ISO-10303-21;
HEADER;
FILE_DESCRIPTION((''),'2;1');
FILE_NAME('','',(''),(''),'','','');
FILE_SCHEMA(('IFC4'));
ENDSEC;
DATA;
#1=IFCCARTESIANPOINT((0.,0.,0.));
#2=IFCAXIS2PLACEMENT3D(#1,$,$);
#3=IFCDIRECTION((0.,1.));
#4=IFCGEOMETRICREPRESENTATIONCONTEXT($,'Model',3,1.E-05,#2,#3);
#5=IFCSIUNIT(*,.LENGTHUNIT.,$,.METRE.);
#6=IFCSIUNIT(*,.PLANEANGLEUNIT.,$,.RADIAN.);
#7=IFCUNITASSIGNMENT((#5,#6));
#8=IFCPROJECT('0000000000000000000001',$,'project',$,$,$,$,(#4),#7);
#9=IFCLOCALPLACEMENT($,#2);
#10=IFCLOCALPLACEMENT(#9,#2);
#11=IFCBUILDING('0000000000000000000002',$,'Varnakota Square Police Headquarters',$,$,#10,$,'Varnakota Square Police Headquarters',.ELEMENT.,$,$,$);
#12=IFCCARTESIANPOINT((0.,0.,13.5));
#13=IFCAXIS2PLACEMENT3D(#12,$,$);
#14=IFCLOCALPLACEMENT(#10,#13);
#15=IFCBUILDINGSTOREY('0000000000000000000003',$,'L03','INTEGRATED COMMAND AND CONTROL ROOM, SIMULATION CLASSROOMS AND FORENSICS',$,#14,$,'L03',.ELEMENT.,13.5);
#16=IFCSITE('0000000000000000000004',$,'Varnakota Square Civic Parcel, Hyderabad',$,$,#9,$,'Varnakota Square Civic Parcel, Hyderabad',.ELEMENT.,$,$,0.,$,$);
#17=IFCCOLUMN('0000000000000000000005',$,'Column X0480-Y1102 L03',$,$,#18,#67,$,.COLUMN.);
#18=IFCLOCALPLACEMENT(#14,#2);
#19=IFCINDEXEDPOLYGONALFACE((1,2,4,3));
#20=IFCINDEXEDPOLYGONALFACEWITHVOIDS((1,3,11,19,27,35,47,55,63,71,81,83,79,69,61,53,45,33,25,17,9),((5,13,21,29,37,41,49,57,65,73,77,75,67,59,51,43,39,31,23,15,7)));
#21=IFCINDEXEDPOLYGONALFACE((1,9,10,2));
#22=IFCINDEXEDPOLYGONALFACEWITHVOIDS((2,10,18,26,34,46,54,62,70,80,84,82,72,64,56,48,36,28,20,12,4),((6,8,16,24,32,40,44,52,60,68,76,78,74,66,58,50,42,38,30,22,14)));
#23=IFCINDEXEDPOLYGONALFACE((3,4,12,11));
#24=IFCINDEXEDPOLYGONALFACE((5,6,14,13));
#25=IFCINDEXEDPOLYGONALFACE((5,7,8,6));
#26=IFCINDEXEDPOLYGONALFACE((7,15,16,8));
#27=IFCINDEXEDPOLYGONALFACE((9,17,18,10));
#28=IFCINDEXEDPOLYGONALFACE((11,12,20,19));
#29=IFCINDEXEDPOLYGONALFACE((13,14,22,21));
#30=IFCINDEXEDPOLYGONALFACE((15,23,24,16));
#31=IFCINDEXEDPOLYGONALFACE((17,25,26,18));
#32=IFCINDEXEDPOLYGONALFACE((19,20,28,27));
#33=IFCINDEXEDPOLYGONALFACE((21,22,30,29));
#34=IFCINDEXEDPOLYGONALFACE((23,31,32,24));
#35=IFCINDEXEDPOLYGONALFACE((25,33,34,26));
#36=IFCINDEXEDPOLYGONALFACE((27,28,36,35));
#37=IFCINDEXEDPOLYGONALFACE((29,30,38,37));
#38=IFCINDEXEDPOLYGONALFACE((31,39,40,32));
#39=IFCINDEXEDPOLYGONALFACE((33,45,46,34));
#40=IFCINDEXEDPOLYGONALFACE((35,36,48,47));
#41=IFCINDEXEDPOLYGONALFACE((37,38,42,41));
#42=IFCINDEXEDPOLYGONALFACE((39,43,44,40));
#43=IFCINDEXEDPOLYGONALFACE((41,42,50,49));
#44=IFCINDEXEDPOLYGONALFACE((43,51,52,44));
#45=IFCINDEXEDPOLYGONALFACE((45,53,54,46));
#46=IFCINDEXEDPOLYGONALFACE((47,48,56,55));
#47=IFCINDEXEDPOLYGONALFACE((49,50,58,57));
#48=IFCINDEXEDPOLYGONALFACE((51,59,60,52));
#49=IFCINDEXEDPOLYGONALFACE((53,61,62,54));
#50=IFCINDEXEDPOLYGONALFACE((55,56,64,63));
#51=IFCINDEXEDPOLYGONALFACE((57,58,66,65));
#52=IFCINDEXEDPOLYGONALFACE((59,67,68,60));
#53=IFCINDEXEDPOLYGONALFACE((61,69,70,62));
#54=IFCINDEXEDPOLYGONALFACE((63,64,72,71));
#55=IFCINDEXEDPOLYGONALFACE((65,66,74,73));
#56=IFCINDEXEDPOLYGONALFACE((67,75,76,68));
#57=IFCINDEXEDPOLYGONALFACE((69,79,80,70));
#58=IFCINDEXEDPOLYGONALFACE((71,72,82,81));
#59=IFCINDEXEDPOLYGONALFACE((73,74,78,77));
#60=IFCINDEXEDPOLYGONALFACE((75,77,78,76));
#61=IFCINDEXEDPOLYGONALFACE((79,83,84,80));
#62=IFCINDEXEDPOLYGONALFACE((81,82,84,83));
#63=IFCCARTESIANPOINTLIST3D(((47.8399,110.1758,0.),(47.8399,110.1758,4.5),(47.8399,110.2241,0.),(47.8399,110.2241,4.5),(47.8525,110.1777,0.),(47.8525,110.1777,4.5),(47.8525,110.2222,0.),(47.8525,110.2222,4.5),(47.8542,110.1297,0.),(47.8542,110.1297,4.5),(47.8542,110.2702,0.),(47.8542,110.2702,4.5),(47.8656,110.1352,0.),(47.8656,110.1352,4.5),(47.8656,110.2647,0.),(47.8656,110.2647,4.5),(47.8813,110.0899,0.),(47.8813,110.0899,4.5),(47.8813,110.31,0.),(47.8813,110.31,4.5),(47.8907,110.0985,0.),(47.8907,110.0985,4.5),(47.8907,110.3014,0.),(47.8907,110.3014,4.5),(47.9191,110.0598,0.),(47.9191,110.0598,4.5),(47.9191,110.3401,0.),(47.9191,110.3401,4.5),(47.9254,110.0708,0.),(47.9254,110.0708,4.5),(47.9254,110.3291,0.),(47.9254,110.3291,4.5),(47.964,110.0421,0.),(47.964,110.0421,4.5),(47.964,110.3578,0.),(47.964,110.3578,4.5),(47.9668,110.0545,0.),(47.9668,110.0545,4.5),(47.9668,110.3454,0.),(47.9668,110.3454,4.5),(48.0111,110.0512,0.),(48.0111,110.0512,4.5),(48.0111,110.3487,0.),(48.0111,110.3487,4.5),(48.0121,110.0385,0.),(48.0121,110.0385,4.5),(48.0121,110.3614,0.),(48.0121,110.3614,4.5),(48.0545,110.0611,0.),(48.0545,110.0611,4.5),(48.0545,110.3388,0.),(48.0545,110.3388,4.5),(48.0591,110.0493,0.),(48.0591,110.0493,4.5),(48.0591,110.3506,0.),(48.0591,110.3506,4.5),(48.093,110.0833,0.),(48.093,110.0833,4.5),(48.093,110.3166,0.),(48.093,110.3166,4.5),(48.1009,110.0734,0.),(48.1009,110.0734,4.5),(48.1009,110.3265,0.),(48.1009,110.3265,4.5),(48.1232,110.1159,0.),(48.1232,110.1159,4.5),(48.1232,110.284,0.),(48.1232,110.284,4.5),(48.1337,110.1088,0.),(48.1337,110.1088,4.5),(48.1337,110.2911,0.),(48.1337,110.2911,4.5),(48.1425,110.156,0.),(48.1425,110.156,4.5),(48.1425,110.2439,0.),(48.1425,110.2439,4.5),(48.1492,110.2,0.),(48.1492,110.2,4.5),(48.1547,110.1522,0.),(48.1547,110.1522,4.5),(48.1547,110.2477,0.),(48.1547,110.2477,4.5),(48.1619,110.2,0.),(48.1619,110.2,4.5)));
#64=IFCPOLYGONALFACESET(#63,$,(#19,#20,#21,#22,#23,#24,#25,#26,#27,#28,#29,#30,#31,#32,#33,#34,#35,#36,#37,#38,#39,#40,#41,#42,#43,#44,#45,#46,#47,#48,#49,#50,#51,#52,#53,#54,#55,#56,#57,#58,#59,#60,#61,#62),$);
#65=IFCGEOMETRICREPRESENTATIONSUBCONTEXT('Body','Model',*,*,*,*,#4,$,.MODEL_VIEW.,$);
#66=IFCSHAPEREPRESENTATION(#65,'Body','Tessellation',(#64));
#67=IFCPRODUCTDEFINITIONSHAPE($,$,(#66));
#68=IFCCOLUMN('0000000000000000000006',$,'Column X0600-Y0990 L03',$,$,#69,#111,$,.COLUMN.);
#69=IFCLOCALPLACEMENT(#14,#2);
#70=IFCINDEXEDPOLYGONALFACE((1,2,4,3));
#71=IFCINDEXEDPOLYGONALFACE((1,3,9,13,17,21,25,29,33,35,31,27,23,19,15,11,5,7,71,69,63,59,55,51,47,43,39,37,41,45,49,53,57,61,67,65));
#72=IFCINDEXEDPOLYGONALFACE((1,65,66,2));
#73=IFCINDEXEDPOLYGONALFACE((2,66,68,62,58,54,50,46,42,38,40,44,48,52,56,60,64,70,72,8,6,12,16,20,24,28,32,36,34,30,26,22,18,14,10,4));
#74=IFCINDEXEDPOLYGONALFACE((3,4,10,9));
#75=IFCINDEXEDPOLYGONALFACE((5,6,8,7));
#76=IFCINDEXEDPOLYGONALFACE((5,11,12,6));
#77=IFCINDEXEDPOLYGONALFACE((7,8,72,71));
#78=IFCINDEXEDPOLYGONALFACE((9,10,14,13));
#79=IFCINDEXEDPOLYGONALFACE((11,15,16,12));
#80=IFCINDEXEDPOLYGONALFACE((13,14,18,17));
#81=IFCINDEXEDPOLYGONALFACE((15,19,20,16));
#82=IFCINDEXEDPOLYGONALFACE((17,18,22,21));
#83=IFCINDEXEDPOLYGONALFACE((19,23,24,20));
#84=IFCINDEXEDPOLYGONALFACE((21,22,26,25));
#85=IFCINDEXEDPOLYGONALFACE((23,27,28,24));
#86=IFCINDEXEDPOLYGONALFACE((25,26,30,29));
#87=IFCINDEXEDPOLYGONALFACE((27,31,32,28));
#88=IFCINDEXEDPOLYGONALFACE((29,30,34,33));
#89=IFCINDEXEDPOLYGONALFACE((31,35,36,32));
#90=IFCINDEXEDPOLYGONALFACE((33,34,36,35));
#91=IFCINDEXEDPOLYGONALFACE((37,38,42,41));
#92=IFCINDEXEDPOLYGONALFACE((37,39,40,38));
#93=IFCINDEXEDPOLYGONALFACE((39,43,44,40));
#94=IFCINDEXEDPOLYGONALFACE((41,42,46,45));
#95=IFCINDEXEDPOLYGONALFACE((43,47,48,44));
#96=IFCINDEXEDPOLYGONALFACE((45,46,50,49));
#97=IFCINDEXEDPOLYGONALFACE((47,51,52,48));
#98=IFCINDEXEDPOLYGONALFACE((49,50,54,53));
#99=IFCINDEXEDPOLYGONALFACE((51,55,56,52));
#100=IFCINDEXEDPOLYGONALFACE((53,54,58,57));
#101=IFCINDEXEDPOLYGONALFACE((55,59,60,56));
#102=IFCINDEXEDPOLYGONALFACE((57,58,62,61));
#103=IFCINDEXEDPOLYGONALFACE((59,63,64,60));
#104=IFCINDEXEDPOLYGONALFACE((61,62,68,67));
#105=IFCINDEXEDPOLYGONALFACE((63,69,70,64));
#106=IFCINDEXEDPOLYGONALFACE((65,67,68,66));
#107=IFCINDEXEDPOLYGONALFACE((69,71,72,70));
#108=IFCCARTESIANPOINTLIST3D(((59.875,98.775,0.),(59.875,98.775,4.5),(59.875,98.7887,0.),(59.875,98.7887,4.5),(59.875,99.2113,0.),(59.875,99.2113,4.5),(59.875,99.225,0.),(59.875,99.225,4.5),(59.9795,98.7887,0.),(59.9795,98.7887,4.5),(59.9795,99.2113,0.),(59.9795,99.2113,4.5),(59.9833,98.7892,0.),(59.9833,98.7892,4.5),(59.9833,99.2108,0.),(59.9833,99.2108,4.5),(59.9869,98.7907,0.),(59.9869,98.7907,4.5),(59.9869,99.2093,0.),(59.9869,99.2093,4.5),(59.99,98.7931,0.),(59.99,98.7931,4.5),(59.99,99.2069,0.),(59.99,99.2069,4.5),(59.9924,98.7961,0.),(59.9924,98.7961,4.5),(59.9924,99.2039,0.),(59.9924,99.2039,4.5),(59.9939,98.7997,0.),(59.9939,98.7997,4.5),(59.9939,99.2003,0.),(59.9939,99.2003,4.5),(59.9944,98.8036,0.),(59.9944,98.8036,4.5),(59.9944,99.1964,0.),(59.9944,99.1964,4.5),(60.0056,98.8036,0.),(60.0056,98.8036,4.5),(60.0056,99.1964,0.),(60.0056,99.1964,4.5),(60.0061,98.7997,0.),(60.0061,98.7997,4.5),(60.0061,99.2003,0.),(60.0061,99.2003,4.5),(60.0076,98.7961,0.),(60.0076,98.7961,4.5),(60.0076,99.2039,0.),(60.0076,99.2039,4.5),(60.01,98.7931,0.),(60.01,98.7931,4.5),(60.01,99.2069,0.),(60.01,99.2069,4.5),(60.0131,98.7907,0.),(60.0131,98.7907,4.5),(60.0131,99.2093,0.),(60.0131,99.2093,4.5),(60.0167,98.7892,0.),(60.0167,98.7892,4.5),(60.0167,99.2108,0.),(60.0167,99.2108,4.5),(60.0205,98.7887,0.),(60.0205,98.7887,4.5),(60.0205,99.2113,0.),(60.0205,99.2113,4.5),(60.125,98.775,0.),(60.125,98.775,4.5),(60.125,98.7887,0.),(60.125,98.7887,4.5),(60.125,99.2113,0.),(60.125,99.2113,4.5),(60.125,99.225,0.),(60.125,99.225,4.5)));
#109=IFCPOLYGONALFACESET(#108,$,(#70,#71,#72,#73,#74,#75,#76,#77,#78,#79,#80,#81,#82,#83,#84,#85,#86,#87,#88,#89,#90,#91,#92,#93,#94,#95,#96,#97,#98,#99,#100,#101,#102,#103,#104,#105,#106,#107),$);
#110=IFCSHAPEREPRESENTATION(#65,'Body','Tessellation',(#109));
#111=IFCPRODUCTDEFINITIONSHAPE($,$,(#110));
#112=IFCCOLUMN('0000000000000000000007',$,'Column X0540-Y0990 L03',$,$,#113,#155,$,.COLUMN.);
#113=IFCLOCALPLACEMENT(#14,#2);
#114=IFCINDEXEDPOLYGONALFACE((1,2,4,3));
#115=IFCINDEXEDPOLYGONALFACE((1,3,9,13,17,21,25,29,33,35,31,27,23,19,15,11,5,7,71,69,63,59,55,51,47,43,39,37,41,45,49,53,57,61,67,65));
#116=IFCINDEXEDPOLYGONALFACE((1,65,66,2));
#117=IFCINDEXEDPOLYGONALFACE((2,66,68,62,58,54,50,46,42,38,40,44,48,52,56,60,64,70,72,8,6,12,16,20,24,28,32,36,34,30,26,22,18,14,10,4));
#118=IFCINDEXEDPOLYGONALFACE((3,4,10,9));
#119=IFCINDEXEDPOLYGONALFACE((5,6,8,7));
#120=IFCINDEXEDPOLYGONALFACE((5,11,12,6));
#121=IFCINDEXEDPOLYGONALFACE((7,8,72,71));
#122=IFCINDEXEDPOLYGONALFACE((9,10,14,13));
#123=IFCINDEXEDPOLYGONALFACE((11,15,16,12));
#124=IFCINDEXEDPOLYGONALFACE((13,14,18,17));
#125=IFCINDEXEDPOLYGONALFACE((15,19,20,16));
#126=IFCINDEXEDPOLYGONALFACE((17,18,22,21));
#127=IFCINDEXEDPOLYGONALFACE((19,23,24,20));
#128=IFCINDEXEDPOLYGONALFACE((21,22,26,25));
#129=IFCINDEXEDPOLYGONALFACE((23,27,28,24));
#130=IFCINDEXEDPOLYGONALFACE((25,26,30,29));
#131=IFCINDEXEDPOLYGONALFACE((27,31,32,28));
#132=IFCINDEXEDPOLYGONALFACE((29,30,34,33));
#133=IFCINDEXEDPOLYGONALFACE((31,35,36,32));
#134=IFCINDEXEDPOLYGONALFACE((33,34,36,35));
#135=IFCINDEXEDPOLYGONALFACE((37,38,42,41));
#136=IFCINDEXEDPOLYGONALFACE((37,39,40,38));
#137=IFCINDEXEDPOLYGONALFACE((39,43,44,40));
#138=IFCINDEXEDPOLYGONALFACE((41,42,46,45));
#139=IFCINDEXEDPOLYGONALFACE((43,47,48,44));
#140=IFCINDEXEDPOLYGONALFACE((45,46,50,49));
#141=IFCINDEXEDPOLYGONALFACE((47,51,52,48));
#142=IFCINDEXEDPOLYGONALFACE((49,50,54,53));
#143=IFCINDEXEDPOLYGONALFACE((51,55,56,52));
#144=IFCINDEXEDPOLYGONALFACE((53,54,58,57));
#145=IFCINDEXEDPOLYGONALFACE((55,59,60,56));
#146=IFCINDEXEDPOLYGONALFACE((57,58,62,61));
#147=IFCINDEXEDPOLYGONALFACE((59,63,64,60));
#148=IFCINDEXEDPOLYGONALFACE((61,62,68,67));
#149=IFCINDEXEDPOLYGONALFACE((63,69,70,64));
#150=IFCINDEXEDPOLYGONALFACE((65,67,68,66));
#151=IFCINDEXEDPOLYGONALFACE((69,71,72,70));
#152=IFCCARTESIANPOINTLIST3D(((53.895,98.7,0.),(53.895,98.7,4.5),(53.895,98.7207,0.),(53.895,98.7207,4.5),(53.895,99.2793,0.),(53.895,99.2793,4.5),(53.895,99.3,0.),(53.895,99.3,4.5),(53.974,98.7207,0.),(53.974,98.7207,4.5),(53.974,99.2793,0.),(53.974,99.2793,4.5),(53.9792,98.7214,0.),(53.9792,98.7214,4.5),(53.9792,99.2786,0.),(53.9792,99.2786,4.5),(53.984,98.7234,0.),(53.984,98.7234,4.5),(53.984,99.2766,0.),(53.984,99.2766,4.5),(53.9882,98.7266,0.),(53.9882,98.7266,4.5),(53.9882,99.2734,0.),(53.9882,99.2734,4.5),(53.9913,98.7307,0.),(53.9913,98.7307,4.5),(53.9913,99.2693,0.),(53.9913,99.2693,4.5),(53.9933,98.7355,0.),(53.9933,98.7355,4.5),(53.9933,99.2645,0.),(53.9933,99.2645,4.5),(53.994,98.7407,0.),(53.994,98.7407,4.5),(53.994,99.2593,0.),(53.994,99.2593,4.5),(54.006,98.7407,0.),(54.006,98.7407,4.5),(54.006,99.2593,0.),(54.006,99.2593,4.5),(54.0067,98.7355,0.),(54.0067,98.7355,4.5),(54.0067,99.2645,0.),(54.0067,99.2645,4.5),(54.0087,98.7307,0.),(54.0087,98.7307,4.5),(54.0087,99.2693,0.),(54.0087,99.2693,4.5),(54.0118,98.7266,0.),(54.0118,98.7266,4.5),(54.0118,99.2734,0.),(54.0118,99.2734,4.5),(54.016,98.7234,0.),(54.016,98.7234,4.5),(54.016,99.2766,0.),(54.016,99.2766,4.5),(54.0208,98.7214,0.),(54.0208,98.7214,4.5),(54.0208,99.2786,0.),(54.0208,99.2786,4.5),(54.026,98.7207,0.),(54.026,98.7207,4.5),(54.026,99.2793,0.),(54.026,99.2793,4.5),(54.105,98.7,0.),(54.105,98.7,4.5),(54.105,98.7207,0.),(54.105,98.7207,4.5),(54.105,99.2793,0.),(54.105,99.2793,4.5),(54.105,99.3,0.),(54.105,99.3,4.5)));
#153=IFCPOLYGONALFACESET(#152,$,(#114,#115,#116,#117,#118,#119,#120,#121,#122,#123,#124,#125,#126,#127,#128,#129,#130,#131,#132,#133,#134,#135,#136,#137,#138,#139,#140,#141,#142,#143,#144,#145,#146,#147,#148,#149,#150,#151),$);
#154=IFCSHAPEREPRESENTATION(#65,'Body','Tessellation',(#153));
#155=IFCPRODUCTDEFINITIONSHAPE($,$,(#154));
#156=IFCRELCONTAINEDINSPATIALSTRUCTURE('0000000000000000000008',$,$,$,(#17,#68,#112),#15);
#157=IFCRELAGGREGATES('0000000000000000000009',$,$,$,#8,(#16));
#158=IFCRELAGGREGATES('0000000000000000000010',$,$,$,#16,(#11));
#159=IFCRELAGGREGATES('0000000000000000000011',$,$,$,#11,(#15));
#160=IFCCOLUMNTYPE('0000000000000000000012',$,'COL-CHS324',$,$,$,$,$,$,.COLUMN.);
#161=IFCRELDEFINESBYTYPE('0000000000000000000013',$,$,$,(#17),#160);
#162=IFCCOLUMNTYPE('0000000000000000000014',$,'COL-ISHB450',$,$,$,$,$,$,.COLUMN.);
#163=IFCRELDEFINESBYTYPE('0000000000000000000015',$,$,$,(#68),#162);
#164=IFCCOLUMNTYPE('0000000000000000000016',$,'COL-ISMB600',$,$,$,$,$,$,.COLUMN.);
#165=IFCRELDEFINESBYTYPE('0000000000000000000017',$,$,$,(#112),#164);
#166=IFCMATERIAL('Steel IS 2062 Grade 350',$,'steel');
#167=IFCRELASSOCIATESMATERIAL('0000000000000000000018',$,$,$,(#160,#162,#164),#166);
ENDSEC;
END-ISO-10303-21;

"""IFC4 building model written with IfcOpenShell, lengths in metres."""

from ifc_helpers import new_model, si_unit, direction, frame, origin, origin_2d, place, context, subcontext, project, spatial, hollow_circle, i_section, extrude, material, material_profile, profile_set, type_object, element, save


model = new_model("IFC4")

# Units and contexts
model_context = context("Model", 3, precision=1e-05, world=origin(), true_north=direction((0.0, 1.0)))
body_context = subcontext(model_context, "Body", "Model", "MODEL_VIEW")
ifc_project = project(units=[si_unit("LENGTHUNIT", "METRE"), si_unit("PLANEANGLEUNIT", "RADIAN")], contexts=[model_context])

# Site, building, storey
site_placement = place(None, origin())
site = spatial("IfcSite", under=ifc_project, at=site_placement, Name="Varnakota Square Civic Parcel, Hyderabad", LongName="Varnakota Square Civic Parcel, Hyderabad", CompositionType="ELEMENT", RefElevation=0.0)
building_placement = place(site_placement, origin())
building = spatial("IfcBuilding", under=site, at=building_placement, Name="Varnakota Square Police Headquarters", LongName="Varnakota Square Police Headquarters", CompositionType="ELEMENT")
storey_placement = place(building_placement, frame((0.0, 0.0, 13.5)))
storey = spatial("IfcBuildingStorey", under=building, at=storey_placement, Name="L03", Description="INTEGRATED COMMAND AND CONTROL ROOM, SIMULATION CLASSROOMS AND FORENSICS", LongName="L03", CompositionType="ELEMENT", Elevation=13.5)

# Columns
ifc_material_1 = material(Name="Steel IS 2062 Grade 350", Category="steel")
ifc_material_profile_1 = material_profile(ifc_material_1, hollow_circle(Radius=0.1619, WallThickness=0.0127, at=origin_2d()), Name="CHS 323.9x12.7")
ifc_profile_set_1 = profile_set([ifc_material_profile_1], Name="Steel IS 2062 Grade 350")
column_type_1 = type_object("IfcColumnType", Name="COL-CHS324", PredefinedType="COLUMN", material=ifc_profile_set_1)
column_1_placement = place(storey_placement, frame((48.0, 110.2, 0.0), z_axis=(0.0, 0.0, 1.0), x_axis=(1.0, 0.0, 0.0)))
element("IfcColumn", 1, at=column_1_placement, inside=storey, type_object=column_type_1, Name="Column X0480-Y1102 L03", PredefinedType="COLUMN", context=body_context, shape_type="SweptSolid", body=[
    extrude(hollow_circle(Radius=0.1619, WallThickness=0.0127, at=origin_2d()), origin(), (0.0, 0.0, 1.0), 4.5),
])
ifc_material_profile_2 = material_profile(ifc_material_1, i_section(OverallWidth=0.25, OverallDepth=0.45, WebThickness=0.0112, FlangeThickness=0.0137, FilletRadius=0.0149, at=origin_2d()), Name="ISHB 450")
ifc_profile_set_2 = profile_set([ifc_material_profile_2], Name="Steel IS 2062 Grade 350")
column_type_2 = type_object("IfcColumnType", Name="COL-ISHB450", PredefinedType="COLUMN", material=ifc_profile_set_2)
column_2_placement = place(storey_placement, frame((60.0, 99.0, 0.0), z_axis=(0.0, 0.0, 1.0), x_axis=(1.0, 0.0, 0.0)))
element("IfcColumn", 2, at=column_2_placement, inside=storey, type_object=column_type_2, Name="Column X0600-Y0990 L03", PredefinedType="COLUMN", context=body_context, shape_type="SweptSolid", body=[
    extrude(i_section(OverallWidth=0.25, OverallDepth=0.45, WebThickness=0.0112, FlangeThickness=0.0137, FilletRadius=0.0149, at=origin_2d()), origin(), (0.0, 0.0, 1.0), 4.5),
])
ifc_material_profile_3 = material_profile(ifc_material_1, i_section(OverallWidth=0.21, OverallDepth=0.6001, WebThickness=0.012, FlangeThickness=0.0208, FilletRadius=0.02, at=origin_2d()), Name="ISMB 600")
ifc_profile_set_3 = profile_set([ifc_material_profile_3], Name="Steel IS 2062 Grade 350")
column_type_3 = type_object("IfcColumnType", Name="COL-ISMB600", PredefinedType="COLUMN", material=ifc_profile_set_3)
column_3_placement = place(storey_placement, frame((54.0, 99.0, 0.0), z_axis=(0.0, 0.0, 1.0), x_axis=(1.0, 0.0, 0.0)))
element("IfcColumn", 3, at=column_3_placement, inside=storey, type_object=column_type_3, Name="Column X0540-Y0990 L03", PredefinedType="COLUMN", context=body_context, shape_type="SweptSolid", body=[
    extrude(i_section(OverallWidth=0.21, OverallDepth=0.6001, WebThickness=0.012, FlangeThickness=0.0208, FilletRadius=0.02, at=origin_2d()), origin(), (0.0, 0.0, 1.0), 4.5),
])

save(model, "model.ifc")
